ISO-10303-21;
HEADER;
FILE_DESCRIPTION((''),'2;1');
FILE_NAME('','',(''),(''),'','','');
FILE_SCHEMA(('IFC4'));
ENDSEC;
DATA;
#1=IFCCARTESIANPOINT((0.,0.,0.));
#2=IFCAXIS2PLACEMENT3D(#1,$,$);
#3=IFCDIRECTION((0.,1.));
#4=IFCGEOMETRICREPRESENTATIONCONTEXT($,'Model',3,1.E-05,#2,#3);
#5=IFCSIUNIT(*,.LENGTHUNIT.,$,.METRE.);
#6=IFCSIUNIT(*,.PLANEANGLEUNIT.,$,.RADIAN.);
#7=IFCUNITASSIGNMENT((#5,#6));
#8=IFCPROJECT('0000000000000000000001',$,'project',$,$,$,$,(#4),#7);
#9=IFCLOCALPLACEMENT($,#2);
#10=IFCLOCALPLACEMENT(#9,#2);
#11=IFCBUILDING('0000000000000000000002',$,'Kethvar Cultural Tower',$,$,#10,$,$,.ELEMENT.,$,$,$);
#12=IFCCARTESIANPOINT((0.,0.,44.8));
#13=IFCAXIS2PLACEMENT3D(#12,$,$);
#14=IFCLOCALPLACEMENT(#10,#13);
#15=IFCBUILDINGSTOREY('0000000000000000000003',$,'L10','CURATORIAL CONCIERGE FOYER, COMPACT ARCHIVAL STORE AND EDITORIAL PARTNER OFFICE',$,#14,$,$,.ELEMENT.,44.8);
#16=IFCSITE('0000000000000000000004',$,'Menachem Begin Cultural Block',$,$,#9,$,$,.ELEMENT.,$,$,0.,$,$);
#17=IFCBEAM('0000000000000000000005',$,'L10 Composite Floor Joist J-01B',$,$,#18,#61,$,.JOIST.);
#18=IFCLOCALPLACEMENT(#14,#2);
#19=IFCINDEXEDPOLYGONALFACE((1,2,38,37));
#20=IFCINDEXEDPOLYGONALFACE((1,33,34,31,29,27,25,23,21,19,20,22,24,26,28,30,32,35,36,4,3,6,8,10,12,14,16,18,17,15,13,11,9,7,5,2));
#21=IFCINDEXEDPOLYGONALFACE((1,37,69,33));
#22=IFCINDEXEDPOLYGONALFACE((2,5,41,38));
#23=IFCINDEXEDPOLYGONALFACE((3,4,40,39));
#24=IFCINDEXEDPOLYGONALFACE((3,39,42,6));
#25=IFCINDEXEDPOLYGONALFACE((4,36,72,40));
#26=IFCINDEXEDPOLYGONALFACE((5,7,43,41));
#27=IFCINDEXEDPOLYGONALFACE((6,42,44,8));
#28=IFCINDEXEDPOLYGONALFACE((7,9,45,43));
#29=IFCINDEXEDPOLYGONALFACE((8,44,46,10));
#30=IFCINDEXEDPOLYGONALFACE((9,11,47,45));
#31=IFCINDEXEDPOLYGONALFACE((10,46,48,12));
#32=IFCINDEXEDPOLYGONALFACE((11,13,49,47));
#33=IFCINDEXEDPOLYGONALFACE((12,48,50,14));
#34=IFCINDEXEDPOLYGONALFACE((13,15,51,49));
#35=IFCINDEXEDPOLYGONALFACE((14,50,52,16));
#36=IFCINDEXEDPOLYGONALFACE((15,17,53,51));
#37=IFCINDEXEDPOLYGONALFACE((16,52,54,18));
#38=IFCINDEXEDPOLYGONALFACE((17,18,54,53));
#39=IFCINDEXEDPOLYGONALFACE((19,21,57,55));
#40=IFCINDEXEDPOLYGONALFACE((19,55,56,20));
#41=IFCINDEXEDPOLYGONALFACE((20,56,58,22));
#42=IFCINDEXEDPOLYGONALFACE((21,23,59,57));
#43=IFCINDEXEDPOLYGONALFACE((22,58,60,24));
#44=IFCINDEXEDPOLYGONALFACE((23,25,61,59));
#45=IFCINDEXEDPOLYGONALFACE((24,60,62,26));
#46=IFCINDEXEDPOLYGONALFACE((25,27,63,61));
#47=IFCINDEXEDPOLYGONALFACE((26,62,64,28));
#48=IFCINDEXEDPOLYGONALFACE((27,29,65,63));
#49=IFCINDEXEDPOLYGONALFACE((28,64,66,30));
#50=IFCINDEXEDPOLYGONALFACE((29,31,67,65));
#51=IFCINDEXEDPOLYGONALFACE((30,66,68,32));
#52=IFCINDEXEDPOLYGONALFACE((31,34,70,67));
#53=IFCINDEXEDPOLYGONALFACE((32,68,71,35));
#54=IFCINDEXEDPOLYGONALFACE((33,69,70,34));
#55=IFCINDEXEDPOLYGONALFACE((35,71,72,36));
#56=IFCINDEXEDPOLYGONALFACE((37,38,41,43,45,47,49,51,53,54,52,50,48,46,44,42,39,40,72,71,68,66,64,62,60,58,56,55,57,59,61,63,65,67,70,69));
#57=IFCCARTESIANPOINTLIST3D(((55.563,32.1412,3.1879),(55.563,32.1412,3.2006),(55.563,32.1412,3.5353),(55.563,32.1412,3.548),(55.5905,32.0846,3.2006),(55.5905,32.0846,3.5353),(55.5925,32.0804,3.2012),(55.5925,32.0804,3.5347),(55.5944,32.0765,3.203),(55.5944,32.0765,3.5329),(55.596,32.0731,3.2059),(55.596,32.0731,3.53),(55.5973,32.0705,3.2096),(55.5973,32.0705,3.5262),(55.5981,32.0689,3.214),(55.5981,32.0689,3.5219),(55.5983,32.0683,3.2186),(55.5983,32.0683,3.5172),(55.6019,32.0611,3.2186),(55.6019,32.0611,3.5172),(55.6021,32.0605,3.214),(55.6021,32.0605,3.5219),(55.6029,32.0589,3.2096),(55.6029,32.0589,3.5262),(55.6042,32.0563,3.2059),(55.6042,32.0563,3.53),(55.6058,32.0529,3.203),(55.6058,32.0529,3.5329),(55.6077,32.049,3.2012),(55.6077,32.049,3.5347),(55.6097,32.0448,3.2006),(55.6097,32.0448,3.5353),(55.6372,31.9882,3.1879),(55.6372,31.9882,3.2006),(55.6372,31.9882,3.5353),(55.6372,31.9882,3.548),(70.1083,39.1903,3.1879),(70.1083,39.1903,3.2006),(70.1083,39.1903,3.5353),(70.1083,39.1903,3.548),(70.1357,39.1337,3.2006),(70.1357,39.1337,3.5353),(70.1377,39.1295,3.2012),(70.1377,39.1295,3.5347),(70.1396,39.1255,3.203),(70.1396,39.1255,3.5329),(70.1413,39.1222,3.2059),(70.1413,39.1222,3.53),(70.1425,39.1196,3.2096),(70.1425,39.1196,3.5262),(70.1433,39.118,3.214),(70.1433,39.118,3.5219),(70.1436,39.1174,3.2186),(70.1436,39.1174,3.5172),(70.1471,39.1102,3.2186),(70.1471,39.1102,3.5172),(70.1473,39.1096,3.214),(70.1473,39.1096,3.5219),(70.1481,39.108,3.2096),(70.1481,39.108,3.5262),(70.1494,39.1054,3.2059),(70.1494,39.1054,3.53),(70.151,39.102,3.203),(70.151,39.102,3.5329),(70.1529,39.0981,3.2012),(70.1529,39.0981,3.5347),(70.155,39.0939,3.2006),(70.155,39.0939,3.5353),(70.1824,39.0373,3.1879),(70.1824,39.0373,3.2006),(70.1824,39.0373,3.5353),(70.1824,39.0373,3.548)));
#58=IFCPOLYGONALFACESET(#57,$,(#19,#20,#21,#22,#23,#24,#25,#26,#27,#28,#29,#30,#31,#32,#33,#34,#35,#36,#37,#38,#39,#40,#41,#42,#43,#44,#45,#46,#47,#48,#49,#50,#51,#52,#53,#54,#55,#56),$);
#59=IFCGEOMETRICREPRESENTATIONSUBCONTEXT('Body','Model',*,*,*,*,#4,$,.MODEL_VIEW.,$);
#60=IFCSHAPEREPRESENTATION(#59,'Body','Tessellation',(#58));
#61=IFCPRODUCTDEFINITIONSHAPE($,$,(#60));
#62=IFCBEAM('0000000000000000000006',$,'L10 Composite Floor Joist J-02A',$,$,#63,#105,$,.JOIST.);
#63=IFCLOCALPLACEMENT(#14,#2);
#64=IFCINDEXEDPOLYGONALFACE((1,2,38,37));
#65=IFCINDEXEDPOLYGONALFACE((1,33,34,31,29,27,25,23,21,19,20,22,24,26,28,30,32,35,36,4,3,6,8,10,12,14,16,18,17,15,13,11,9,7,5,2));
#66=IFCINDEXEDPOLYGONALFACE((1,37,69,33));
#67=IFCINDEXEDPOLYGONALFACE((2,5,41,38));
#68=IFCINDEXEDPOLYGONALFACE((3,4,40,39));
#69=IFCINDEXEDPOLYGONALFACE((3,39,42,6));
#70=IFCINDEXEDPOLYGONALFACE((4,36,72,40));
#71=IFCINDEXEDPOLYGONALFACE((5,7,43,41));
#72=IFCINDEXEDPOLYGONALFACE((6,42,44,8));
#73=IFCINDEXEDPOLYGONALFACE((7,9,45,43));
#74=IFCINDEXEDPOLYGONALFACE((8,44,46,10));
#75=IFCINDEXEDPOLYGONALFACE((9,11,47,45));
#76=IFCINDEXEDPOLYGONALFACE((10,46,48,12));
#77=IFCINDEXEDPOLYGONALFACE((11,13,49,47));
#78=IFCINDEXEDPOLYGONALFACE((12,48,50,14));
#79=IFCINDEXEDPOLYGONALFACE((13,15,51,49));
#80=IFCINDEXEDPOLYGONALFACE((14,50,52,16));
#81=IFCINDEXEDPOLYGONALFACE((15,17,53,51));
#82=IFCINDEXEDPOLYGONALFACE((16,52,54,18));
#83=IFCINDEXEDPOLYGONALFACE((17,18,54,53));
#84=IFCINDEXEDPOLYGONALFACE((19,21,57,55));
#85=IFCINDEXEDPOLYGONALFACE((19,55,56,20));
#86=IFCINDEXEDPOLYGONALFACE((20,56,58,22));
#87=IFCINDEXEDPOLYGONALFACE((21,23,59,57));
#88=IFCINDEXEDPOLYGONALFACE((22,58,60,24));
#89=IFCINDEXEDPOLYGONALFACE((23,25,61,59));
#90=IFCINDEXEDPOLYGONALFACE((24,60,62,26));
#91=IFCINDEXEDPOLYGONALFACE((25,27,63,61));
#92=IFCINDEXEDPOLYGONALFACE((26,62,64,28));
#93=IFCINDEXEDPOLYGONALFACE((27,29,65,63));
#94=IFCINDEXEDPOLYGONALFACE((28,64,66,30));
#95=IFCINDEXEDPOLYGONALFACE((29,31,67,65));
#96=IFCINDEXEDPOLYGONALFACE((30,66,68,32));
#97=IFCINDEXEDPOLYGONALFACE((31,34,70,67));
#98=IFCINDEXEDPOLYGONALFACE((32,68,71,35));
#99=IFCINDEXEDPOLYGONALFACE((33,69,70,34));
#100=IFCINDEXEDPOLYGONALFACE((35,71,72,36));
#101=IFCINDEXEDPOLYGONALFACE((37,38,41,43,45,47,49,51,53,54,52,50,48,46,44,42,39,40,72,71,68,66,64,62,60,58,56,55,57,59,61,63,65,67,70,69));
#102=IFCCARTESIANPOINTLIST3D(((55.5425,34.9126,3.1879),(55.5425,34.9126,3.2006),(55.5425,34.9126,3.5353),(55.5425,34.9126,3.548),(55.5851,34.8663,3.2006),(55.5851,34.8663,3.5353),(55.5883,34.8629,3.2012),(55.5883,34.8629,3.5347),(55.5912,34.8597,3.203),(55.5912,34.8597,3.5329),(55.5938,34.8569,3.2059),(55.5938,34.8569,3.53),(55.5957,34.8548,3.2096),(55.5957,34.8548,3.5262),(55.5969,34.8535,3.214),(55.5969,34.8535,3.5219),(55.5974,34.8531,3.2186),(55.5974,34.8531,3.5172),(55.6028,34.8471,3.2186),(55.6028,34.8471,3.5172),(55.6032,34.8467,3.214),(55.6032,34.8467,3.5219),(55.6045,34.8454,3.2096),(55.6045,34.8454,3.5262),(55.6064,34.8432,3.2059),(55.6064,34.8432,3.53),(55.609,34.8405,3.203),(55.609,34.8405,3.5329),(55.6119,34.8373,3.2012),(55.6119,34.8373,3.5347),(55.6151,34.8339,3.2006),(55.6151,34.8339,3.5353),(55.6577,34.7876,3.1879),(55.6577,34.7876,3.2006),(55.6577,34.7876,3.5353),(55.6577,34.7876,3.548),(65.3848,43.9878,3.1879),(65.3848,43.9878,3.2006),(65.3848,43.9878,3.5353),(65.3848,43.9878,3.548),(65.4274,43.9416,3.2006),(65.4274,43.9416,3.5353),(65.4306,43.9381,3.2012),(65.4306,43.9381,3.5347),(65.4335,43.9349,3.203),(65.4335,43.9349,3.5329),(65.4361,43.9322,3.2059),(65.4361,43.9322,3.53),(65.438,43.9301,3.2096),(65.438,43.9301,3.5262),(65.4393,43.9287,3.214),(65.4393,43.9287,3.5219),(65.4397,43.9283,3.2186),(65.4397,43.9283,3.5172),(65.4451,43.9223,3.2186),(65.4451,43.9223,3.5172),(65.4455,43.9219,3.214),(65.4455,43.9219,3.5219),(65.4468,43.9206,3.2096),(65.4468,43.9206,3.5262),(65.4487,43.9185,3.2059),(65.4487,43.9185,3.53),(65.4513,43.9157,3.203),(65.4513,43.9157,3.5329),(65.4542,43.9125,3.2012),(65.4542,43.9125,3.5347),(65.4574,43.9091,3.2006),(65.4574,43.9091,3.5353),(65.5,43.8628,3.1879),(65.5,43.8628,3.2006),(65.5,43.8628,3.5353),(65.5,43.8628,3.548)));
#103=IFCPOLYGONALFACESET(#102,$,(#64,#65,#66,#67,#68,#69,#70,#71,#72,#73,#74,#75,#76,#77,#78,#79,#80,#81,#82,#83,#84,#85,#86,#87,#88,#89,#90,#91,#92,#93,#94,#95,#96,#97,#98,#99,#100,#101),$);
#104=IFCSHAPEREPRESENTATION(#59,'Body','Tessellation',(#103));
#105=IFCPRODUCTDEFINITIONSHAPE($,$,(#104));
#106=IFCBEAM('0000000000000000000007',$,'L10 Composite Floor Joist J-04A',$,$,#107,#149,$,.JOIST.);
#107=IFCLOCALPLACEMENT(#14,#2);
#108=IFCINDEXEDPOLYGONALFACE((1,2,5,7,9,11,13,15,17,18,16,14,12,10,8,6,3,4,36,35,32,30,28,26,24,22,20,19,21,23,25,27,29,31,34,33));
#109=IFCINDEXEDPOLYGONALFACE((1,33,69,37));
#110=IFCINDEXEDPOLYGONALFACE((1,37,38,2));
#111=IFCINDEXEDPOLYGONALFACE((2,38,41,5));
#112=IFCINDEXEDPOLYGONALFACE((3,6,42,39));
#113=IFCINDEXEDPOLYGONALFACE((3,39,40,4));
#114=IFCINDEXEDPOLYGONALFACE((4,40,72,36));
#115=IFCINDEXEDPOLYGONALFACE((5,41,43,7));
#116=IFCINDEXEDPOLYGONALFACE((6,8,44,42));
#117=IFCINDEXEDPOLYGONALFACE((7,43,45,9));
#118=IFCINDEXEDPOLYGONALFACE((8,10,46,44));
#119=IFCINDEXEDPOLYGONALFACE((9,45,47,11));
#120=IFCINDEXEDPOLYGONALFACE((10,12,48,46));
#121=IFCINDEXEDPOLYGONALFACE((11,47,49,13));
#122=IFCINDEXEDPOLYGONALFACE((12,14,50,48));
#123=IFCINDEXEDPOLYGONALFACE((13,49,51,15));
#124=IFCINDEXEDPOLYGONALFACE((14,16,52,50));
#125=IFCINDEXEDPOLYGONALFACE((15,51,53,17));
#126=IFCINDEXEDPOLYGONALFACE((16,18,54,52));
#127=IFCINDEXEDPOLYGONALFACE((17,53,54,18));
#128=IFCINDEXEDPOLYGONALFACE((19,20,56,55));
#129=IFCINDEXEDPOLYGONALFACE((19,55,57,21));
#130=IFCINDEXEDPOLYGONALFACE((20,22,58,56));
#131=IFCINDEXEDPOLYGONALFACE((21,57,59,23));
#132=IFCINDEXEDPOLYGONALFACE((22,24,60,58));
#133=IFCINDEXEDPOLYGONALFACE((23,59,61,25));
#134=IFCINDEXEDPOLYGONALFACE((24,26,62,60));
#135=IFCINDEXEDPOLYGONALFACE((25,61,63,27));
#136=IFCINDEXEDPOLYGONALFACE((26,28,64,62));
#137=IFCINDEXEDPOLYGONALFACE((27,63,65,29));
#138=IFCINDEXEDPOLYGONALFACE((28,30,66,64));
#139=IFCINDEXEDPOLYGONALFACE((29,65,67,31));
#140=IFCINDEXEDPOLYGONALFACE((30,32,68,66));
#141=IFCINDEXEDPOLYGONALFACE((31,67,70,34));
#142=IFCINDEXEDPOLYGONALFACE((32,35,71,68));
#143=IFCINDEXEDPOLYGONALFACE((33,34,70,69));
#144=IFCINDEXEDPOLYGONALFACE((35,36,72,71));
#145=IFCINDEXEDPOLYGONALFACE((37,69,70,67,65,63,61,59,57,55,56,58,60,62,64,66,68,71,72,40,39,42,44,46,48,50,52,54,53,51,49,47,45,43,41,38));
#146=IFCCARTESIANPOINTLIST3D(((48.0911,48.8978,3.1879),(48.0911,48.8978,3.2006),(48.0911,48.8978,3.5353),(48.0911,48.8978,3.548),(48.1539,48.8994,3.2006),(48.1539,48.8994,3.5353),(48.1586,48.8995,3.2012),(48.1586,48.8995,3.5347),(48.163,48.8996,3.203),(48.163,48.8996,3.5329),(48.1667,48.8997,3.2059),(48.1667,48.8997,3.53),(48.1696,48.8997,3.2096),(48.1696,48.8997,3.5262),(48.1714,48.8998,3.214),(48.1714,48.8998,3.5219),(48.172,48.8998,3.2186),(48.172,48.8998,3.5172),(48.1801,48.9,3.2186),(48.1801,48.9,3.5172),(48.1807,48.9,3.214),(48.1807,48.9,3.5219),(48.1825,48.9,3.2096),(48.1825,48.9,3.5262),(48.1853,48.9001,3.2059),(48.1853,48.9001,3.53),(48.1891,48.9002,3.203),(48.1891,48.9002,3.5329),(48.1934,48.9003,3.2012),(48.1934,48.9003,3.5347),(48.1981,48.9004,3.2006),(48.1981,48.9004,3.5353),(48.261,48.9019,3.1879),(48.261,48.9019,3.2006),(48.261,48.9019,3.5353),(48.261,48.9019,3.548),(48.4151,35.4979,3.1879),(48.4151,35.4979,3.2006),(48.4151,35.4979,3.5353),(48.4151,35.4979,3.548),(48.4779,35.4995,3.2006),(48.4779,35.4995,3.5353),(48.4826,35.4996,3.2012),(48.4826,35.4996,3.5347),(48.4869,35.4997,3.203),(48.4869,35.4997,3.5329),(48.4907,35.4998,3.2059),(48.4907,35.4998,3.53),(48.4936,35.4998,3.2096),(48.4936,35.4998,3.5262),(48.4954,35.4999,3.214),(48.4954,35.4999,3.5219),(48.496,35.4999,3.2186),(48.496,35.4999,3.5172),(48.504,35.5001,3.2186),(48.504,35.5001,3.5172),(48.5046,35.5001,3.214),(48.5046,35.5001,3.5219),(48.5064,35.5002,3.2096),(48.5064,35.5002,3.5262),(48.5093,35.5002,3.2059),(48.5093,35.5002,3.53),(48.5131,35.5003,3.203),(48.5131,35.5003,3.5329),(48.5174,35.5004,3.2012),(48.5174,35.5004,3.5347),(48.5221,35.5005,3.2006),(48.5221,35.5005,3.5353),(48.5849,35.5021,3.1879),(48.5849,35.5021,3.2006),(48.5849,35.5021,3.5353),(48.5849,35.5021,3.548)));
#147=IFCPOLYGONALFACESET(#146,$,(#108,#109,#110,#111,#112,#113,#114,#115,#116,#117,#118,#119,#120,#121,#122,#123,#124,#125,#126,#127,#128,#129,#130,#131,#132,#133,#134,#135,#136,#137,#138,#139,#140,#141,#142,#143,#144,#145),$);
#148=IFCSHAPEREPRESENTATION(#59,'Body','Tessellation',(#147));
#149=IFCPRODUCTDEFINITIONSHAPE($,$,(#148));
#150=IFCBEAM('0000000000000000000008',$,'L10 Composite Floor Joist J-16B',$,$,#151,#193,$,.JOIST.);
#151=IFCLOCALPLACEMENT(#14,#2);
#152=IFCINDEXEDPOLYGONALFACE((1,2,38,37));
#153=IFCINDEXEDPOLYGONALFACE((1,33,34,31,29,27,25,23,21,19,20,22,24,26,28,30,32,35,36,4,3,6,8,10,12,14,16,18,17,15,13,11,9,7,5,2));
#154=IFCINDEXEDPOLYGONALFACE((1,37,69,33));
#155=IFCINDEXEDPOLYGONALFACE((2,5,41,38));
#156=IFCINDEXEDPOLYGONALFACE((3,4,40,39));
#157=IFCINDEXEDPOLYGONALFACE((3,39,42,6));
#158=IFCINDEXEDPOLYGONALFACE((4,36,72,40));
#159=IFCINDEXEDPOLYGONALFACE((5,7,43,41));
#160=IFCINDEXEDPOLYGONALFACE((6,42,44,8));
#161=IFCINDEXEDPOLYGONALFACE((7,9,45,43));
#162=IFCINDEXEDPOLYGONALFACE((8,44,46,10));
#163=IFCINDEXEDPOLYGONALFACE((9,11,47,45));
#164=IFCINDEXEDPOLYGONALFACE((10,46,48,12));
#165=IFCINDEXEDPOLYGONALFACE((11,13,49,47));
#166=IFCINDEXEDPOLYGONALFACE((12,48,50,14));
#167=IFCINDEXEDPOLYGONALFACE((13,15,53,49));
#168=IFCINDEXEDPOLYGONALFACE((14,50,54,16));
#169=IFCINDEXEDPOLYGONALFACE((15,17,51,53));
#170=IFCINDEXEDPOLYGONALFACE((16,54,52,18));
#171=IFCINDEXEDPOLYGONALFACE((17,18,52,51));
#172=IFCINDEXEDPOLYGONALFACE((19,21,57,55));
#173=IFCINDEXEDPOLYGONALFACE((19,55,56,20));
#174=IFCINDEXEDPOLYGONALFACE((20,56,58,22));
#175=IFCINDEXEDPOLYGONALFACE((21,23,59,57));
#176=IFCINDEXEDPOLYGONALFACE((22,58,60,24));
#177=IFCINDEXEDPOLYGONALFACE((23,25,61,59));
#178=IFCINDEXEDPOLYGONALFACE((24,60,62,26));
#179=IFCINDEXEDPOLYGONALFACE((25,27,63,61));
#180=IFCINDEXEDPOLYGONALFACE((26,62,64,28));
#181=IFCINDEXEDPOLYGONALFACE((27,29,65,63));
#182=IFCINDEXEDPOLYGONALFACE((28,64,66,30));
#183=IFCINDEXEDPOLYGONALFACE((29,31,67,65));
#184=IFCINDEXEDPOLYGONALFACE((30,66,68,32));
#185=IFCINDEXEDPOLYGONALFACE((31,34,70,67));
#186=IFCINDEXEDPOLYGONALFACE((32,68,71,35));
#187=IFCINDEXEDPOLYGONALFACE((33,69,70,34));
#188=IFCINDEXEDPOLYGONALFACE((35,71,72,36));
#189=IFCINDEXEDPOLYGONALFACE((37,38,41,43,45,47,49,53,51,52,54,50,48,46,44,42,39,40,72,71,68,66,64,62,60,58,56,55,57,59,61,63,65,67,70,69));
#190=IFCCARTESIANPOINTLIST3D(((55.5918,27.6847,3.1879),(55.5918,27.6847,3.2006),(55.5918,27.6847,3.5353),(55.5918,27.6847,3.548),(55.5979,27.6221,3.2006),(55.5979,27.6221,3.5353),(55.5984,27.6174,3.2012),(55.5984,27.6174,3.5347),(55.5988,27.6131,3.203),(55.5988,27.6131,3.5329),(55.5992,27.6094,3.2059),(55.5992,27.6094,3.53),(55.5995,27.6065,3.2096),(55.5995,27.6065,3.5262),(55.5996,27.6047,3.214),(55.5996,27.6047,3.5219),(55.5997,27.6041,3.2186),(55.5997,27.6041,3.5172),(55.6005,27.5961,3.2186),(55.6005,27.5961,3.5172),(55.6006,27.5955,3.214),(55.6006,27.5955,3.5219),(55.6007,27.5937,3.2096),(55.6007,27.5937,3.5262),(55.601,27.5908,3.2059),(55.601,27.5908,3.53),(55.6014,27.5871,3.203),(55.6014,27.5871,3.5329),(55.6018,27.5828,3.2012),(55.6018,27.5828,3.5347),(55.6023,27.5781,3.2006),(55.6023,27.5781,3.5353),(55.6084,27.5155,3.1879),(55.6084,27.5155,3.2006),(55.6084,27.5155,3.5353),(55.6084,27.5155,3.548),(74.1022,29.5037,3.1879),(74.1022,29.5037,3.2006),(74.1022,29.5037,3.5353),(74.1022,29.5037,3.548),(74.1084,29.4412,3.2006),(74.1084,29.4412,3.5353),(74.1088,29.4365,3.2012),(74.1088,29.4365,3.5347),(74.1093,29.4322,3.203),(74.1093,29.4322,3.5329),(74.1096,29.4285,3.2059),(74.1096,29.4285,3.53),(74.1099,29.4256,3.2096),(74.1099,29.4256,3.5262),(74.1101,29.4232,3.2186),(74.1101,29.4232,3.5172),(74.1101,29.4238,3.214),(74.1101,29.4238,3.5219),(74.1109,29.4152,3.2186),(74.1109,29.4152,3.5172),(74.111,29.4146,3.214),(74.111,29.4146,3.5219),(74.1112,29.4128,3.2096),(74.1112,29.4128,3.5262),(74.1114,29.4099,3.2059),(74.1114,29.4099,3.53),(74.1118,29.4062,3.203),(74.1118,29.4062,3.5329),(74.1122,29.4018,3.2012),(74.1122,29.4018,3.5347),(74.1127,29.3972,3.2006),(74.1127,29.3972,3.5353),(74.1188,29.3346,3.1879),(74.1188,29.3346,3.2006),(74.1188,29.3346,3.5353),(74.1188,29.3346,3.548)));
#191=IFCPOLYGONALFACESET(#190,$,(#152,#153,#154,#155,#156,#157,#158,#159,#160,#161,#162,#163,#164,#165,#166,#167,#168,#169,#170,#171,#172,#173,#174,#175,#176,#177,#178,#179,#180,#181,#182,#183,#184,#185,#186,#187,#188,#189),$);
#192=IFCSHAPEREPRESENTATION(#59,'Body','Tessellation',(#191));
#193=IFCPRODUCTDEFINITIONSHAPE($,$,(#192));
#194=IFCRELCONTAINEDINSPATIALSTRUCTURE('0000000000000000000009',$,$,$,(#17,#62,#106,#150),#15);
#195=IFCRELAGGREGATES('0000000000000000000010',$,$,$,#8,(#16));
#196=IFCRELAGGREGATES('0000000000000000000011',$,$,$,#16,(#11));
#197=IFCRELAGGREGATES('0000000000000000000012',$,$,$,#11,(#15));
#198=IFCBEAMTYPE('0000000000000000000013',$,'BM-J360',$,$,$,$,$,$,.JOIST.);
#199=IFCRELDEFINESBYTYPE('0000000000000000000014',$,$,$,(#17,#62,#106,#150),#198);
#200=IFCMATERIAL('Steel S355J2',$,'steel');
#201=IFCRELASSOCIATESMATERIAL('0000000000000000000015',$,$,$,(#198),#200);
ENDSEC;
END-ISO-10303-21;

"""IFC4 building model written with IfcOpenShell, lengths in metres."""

from ifc_helpers import new_model, si_unit, direction, frame, origin, origin_2d, place, context, subcontext, project, spatial, i_section, extrude, source, transform, mapped, material, material_profile, profile_set, type_object, element, save


model = new_model("IFC4")

# Units and contexts
model_context = context("Model", 3, precision=1e-05, world=origin(), true_north=direction((0.0, 1.0)))
body_context = subcontext(model_context, "Body", "Model", "MODEL_VIEW")
ifc_project = project(units=[si_unit("LENGTHUNIT", "METRE"), si_unit("PLANEANGLEUNIT", "RADIAN")], contexts=[model_context])

# Site, building, storey
site_placement = place(None, origin())
site = spatial("IfcSite", under=ifc_project, at=site_placement, Name="Menachem Begin Cultural Block", CompositionType="ELEMENT", RefElevation=0.0)
building_placement = place(site_placement, origin())
building = spatial("IfcBuilding", under=site, at=building_placement, Name="Kethvar Cultural Tower", CompositionType="ELEMENT")
storey_placement = place(building_placement, frame((0.0, 0.0, 44.8)))
storey = spatial("IfcBuildingStorey", under=building, at=storey_placement, Name="L10", Description="CURATORIAL CONCIERGE FOYER, COMPACT ARCHIVAL STORE AND EDITORIAL PARTNER OFFICE", CompositionType="ELEMENT", Elevation=44.8)

# Beams
ifc_material_1 = material(Name="Steel S355J2", Category="steel")
ifc_material_profile_1 = material_profile(ifc_material_1, i_section(OverallWidth=0.1699, OverallDepth=0.3601, WebThickness=0.0081, FlangeThickness=0.0127, FilletRadius=0.0181, at=origin_2d()), Name="Steel S355J2 — IPE360")
ifc_profile_set_1 = profile_set([ifc_material_profile_1], Name="Steel S355J2 — IPE360")
beam_type_1 = type_object("IfcBeamType", Name="BM-J360", PredefinedType="JOIST", material=ifc_profile_set_1)
shared_shape_1 = source(origin(), body_context, "Body", "SweptSolid", [
    extrude(i_section(OverallWidth=0.1699, OverallDepth=0.3601, WebThickness=0.0081, FlangeThickness=0.0127, FilletRadius=0.0181, at=origin_2d()), origin(), (0.0, 0.0, 1.0), 16.1633),
])
beam_1_placement = place(storey_placement, frame((55.6001, 32.0647, 3.3679), z_axis=(0.89989, 0.436117, 0.0), x_axis=(-0.436117, 0.89989, 0.0)))
element("IfcBeam", 1, at=beam_1_placement, inside=storey, type_object=beam_type_1, Name="L10 Composite Floor Joist J-01B", PredefinedType="JOIST", context=body_context, shape_type="MappedRepresentation", body=[
    mapped(shared_shape_1, transform((0.0, 0.0, 0.0), scale=1.0)),
])
shared_shape_2 = source(origin(), body_context, "Body", "SweptSolid", [
    extrude(i_section(OverallWidth=0.1699, OverallDepth=0.3601, WebThickness=0.0081, FlangeThickness=0.0127, FilletRadius=0.0181, at=origin_2d()), origin(), (0.0, 0.0, 1.0), 13.3877),
])
beam_2_placement = place(storey_placement, frame((55.6001, 34.8501, 3.3679), z_axis=(0.735175, 0.677877, 0.0), x_axis=(-0.677877, 0.735175, 0.0)))
element("IfcBeam", 2, at=beam_2_placement, inside=storey, type_object=beam_type_1, Name="L10 Composite Floor Joist J-02A", PredefinedType="JOIST", context=body_context, shape_type="MappedRepresentation", body=[
    mapped(shared_shape_2, transform((0.0, 0.0, 0.0), scale=1.0)),
])
shared_shape_3 = source(origin(), body_context, "Body", "SweptSolid", [
    extrude(i_section(OverallWidth=0.1699, OverallDepth=0.3601, WebThickness=0.0081, FlangeThickness=0.0127, FilletRadius=0.0181, at=origin_2d()), origin(), (0.0, 0.0, 1.0), 13.4038),
])
beam_3_placement = place(storey_placement, frame((48.5, 35.5, 3.3679), z_axis=(-0.02417, 0.999708, 0.0), x_axis=(-0.999708, -0.02417, 0.0)))
element("IfcBeam", 3, at=beam_3_placement, inside=storey, type_object=beam_type_1, Name="L10 Composite Floor Joist J-04A", PredefinedType="JOIST", context=body_context, shape_type="MappedRepresentation", body=[
    mapped(shared_shape_3, transform((0.0, 0.0, 0.0), scale=1.0)),
])
shared_shape_4 = source(origin(), body_context, "Body", "SweptSolid", [
    extrude(i_section(OverallWidth=0.1699, OverallDepth=0.3601, WebThickness=0.0081, FlangeThickness=0.0127, FilletRadius=0.0181, at=origin_2d()), origin(), (0.0, 0.0, 1.0), 18.5996),
])
beam_4_placement = place(storey_placement, frame((55.6001, 27.6001, 3.3679), z_axis=(0.995206, 0.097802, 0.0), x_axis=(-0.097802, 0.995206, 0.0)))
element("IfcBeam", 4, at=beam_4_placement, inside=storey, type_object=beam_type_1, Name="L10 Composite Floor Joist J-16B", PredefinedType="JOIST", context=body_context, shape_type="MappedRepresentation", body=[
    mapped(shared_shape_4, transform((0.0, 0.0, 0.0), scale=1.0)),
])

save(model, "model.ifc")
